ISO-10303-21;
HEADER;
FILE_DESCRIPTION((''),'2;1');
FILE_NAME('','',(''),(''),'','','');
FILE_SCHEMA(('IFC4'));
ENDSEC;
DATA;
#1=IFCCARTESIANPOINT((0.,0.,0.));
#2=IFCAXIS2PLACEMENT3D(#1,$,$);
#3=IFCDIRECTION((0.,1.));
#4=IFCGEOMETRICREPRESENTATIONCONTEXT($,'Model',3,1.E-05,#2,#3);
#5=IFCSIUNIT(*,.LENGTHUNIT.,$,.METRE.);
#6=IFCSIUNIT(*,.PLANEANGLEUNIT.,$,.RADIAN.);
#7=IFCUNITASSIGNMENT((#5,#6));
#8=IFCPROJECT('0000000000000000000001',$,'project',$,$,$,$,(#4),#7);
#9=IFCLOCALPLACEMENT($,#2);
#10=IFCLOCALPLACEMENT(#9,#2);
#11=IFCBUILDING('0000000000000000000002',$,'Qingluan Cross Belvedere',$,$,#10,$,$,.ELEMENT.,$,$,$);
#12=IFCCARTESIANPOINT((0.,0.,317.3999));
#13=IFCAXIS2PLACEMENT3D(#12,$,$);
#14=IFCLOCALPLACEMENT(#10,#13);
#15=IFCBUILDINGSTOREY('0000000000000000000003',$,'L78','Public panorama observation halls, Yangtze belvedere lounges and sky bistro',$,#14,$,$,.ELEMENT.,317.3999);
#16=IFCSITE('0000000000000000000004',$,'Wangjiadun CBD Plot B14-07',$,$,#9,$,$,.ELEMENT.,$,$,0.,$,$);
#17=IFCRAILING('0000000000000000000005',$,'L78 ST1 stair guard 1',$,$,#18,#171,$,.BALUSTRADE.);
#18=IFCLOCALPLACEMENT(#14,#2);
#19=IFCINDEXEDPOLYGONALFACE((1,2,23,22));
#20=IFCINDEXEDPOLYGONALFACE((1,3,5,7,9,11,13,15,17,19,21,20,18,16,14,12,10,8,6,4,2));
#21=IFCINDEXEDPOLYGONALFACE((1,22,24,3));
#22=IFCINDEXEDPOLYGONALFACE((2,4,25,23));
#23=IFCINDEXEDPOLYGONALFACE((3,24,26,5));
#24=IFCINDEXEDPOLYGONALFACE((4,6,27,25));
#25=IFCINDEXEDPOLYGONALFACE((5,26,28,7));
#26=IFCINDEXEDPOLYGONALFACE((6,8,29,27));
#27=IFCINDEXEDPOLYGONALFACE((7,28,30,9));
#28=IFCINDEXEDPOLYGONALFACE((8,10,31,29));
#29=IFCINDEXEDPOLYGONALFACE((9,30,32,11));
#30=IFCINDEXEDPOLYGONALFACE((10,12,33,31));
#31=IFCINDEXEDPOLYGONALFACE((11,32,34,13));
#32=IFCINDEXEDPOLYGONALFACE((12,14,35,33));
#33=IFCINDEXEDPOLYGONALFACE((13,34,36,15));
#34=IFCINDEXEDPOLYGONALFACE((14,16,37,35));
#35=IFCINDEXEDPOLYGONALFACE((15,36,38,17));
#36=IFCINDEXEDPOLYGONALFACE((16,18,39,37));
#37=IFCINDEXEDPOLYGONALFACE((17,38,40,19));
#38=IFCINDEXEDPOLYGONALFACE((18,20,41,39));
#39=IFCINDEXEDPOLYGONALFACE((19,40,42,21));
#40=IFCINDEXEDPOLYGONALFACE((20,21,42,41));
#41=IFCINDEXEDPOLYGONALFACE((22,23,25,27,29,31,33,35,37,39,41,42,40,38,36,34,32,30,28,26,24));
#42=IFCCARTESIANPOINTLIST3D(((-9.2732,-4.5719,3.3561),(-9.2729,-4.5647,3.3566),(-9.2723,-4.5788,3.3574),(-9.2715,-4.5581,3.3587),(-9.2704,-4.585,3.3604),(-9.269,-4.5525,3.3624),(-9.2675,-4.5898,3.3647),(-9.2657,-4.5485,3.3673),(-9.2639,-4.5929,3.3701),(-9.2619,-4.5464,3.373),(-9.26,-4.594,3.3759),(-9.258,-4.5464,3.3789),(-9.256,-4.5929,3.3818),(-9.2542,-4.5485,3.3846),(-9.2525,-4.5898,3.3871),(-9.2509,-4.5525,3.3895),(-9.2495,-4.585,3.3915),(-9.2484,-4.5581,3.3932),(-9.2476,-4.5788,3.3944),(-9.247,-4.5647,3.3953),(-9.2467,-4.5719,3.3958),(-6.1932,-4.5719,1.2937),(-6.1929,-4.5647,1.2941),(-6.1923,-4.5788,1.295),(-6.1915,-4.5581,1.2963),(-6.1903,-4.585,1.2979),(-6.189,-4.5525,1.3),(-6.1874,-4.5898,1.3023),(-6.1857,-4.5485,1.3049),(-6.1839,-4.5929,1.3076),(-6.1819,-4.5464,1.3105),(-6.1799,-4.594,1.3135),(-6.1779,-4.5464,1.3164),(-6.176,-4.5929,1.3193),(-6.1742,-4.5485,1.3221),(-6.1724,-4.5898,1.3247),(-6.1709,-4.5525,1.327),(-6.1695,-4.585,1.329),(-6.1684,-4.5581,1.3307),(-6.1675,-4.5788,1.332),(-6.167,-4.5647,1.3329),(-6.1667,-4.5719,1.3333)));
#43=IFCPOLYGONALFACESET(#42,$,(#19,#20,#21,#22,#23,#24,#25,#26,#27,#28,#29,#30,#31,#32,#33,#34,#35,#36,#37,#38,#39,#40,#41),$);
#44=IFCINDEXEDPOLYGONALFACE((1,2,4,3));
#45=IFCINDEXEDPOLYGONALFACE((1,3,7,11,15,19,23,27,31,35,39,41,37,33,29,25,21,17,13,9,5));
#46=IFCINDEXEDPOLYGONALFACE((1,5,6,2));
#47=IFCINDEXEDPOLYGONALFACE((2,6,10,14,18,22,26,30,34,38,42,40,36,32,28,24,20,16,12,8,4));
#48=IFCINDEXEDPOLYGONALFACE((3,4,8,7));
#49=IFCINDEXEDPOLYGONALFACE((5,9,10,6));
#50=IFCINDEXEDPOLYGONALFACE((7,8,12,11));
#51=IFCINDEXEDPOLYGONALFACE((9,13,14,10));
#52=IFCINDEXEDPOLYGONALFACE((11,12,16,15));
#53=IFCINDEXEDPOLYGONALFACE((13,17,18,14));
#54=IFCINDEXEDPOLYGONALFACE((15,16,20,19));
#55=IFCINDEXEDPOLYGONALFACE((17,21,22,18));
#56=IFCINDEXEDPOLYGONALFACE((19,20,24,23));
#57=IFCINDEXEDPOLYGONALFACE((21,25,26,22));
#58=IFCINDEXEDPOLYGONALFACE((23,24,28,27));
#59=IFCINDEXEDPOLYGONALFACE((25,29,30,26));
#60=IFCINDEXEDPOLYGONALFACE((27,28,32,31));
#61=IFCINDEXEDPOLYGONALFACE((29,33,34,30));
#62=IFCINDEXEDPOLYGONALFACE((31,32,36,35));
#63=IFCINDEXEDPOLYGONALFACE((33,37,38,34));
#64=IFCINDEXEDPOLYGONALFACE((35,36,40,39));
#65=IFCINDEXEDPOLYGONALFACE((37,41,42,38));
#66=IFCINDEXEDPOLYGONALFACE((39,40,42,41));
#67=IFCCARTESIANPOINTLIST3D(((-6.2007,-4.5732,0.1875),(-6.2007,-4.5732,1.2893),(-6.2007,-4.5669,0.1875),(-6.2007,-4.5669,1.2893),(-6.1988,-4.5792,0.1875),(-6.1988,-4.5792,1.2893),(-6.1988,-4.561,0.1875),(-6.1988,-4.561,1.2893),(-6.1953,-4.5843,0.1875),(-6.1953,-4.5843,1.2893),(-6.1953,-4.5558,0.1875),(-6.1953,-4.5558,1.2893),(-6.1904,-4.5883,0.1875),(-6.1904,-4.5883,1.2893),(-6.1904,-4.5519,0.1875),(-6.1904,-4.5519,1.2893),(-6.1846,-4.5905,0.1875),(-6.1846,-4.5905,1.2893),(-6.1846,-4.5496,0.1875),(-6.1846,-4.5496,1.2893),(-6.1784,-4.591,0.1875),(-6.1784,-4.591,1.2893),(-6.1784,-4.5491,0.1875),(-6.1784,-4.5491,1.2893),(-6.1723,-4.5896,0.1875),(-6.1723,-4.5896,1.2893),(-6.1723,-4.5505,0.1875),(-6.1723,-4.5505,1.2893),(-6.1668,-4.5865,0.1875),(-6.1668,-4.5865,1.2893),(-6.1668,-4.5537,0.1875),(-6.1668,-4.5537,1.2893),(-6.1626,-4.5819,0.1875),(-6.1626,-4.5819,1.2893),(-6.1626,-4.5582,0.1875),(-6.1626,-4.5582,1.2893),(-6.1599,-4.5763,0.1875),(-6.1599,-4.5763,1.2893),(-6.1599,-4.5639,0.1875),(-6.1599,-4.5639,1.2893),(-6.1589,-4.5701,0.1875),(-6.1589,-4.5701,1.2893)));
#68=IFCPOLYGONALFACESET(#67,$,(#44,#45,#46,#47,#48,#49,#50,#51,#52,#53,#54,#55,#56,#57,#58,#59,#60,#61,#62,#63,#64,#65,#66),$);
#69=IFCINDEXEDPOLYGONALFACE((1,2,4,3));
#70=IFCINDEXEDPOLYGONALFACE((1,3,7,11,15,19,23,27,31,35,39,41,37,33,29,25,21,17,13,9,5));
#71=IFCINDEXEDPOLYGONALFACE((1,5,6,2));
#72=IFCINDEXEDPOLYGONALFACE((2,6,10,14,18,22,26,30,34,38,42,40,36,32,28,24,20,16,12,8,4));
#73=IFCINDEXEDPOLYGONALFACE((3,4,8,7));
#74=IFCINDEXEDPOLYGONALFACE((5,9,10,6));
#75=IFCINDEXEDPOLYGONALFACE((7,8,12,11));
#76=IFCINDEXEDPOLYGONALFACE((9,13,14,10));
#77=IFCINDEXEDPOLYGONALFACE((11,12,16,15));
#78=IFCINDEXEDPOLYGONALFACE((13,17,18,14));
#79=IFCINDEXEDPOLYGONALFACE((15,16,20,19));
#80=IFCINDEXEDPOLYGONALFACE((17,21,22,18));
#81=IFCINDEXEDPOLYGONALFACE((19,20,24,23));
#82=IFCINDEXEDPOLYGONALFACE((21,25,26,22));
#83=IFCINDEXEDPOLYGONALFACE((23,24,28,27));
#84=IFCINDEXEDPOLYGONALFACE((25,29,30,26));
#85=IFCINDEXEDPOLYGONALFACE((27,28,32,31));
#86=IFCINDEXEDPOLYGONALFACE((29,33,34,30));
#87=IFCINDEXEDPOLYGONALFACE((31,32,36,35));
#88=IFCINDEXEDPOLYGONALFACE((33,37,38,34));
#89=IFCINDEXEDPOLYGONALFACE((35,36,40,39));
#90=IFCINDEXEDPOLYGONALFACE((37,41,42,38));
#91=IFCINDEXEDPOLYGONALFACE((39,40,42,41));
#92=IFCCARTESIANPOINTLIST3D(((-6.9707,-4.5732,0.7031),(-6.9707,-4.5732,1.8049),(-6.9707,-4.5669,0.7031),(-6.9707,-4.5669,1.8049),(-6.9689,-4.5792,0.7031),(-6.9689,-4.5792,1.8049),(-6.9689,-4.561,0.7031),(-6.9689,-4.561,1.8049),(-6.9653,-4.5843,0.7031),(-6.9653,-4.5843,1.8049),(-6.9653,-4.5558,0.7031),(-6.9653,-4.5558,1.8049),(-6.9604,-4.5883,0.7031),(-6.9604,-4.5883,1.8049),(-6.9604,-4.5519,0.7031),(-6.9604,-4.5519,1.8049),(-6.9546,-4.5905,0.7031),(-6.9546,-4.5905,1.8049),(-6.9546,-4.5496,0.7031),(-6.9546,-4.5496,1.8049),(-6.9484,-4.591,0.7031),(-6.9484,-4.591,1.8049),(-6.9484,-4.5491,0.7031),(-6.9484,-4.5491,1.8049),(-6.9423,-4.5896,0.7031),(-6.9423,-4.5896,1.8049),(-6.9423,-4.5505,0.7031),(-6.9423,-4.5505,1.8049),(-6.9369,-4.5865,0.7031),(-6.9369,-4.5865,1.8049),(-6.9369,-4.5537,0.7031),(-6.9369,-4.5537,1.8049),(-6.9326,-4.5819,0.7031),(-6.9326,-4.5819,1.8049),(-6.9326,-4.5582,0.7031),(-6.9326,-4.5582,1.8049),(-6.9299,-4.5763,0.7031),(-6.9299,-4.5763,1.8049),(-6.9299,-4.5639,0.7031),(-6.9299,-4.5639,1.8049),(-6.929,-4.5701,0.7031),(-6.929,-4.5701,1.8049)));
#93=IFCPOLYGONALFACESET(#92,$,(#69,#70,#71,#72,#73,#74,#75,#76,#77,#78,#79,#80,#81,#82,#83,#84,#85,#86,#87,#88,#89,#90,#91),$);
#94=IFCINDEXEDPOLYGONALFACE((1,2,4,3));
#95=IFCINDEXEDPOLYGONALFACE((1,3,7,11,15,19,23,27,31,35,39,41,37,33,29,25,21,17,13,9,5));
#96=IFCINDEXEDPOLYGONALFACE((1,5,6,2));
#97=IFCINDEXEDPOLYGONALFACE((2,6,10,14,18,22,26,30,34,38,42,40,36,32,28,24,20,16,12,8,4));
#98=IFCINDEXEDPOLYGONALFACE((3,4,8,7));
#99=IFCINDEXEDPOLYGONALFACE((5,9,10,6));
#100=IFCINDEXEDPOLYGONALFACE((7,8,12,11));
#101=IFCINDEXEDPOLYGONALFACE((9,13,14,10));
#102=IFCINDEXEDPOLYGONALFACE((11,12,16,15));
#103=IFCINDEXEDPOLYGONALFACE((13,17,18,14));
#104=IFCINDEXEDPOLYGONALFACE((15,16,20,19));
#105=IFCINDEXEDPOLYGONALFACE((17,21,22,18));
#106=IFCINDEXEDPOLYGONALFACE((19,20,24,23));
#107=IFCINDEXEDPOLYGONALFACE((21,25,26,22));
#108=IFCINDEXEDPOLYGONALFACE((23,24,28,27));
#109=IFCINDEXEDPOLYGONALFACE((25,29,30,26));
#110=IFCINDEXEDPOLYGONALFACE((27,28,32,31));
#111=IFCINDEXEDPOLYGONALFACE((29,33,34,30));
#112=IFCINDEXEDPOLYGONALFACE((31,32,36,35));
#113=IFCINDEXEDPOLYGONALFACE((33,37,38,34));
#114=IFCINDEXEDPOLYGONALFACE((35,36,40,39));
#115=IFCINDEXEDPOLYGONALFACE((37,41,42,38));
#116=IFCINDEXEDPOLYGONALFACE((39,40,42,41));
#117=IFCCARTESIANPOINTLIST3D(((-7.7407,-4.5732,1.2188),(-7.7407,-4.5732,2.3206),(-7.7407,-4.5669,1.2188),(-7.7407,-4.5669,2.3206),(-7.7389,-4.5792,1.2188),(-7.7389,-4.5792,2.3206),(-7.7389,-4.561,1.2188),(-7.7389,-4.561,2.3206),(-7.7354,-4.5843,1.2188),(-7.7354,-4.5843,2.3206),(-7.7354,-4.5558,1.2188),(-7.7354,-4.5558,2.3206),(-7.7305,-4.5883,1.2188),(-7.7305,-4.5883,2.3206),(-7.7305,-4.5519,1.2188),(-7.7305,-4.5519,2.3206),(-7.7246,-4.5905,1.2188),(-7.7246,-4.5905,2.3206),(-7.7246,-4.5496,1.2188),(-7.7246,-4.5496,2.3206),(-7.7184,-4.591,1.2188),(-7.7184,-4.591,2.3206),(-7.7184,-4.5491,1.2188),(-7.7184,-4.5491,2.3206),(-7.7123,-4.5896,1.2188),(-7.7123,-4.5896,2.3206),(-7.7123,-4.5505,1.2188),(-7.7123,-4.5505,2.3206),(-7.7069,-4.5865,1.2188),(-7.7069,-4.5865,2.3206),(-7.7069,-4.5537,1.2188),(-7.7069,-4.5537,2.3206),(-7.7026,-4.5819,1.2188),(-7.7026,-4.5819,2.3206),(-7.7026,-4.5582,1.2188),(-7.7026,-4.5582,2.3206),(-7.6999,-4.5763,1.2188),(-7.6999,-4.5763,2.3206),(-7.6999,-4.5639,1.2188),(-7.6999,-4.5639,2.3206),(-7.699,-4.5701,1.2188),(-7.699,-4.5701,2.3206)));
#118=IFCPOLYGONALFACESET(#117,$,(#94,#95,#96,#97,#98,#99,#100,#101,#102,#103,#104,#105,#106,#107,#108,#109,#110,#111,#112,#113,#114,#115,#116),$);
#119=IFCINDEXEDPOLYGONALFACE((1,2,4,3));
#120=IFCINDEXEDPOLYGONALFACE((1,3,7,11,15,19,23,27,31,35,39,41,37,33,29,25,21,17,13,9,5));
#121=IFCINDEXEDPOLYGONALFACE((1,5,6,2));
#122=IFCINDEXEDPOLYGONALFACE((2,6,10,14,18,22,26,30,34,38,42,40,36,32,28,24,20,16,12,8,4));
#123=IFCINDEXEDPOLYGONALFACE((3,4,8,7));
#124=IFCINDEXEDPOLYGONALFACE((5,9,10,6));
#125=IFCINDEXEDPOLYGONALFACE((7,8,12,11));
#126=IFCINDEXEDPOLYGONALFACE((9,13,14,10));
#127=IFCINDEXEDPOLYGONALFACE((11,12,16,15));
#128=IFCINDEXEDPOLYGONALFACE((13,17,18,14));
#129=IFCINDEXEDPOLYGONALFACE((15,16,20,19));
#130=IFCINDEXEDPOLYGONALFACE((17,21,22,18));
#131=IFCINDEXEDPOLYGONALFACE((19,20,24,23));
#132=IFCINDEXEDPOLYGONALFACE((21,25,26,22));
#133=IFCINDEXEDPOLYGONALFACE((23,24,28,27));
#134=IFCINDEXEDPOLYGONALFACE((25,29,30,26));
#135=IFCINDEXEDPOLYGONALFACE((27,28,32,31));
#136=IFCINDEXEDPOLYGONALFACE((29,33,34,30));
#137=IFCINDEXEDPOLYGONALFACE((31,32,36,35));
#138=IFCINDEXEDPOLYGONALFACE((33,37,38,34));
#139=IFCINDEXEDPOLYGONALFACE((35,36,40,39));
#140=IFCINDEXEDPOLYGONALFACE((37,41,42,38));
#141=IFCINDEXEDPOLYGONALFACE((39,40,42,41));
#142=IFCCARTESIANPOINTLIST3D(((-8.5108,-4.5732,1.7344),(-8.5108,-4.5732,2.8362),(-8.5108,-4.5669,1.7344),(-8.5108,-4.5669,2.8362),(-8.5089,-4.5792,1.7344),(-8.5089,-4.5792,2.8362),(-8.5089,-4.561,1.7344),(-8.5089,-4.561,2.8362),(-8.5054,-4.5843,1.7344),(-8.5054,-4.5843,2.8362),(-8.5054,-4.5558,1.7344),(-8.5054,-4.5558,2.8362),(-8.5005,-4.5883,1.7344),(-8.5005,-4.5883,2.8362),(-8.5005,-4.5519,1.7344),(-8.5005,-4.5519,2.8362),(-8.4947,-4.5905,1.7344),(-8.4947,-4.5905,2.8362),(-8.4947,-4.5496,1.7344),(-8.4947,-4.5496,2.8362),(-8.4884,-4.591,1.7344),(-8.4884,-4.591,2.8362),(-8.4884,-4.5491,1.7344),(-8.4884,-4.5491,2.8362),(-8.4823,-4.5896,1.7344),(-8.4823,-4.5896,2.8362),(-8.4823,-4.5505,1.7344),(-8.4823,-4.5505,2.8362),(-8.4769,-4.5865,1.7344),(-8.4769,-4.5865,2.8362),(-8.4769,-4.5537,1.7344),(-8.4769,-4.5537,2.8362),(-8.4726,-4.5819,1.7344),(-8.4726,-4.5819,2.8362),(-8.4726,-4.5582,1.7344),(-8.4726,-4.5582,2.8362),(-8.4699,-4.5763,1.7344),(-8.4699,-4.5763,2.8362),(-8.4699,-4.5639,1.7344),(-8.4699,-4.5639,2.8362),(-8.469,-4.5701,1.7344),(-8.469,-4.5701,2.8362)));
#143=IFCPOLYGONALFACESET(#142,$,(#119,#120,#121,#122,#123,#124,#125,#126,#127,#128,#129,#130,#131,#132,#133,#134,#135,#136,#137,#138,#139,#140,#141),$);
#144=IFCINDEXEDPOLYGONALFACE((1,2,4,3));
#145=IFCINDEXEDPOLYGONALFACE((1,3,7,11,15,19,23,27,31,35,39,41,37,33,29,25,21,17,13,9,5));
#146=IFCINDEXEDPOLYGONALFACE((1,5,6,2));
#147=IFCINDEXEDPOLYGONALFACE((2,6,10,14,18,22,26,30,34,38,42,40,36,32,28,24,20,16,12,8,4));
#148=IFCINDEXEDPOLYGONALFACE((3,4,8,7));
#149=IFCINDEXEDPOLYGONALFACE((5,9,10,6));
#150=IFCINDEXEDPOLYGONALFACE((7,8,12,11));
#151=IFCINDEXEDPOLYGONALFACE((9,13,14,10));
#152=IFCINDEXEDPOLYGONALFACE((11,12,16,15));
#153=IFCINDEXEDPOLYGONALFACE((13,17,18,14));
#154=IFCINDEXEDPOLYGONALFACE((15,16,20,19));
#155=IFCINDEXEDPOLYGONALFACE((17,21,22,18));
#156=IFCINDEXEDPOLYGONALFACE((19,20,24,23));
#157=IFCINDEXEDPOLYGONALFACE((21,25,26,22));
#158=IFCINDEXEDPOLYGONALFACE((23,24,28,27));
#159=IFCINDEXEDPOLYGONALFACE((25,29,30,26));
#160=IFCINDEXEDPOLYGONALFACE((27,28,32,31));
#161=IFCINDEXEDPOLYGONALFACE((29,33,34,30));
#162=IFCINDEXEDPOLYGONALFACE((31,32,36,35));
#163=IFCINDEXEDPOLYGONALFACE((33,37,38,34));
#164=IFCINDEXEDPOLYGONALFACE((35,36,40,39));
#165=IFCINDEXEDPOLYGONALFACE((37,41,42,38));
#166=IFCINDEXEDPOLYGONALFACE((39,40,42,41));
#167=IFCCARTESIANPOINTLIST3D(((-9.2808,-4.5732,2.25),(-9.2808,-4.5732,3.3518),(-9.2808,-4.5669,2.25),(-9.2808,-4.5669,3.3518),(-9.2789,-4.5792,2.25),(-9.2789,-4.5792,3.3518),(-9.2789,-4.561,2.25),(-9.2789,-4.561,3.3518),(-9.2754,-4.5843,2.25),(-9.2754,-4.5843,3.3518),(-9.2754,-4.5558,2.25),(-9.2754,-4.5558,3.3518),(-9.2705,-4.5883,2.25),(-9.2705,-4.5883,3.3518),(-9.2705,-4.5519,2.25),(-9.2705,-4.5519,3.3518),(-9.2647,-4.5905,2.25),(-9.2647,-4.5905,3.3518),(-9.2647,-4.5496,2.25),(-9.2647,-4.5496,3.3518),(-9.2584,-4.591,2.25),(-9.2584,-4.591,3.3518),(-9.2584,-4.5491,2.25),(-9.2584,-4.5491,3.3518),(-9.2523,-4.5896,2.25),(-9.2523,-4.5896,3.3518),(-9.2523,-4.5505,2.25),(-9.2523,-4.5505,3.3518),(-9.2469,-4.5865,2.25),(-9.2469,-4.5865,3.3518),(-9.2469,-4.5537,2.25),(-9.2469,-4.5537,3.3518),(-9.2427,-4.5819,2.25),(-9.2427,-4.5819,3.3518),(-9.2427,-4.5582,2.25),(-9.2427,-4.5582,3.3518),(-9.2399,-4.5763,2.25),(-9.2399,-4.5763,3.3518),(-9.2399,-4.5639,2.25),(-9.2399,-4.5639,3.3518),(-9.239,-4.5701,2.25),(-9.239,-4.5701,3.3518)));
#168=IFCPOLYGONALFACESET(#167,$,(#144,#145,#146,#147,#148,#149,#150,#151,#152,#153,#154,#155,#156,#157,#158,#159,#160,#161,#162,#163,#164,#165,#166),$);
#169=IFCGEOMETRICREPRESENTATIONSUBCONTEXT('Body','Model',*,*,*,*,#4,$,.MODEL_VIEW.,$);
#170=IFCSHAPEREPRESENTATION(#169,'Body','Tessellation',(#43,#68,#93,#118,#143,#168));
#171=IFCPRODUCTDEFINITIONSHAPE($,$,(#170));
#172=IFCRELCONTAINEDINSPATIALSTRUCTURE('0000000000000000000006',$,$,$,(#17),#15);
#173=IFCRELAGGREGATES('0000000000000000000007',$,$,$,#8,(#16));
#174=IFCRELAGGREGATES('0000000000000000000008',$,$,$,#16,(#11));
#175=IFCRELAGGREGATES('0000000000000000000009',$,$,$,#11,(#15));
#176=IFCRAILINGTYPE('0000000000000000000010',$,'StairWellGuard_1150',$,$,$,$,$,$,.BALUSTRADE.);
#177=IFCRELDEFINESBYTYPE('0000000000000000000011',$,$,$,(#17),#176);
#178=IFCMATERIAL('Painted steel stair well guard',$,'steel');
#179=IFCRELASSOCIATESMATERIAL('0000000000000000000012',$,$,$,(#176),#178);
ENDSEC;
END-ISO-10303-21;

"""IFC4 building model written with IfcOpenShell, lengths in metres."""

from ifc_helpers import new_model, si_unit, direction, frame, origin, origin_2d, place, context, subcontext, project, spatial, circle, extrude, material, type_object, element, save


model = new_model("IFC4")

# Units and contexts
model_context = context("Model", 3, precision=1e-05, world=origin(), true_north=direction((0.0, 1.0)))
body_context = subcontext(model_context, "Body", "Model", "MODEL_VIEW")
ifc_project = project(units=[si_unit("LENGTHUNIT", "METRE"), si_unit("PLANEANGLEUNIT", "RADIAN")], contexts=[model_context])

# Site, building, storey
site_placement = place(None, origin())
site = spatial("IfcSite", under=ifc_project, at=site_placement, Name="Wangjiadun CBD Plot B14-07", CompositionType="ELEMENT", RefElevation=0.0)
building_placement = place(site_placement, origin())
building = spatial("IfcBuilding", under=site, at=building_placement, Name="Qingluan Cross Belvedere", CompositionType="ELEMENT")
storey_placement = place(building_placement, frame((0.0, 0.0, 317.3999)))
storey = spatial("IfcBuildingStorey", under=building, at=storey_placement, Name="L78", Description="Public panorama observation halls, Yangtze belvedere lounges and sky bistro", CompositionType="ELEMENT", Elevation=317.3999)

# Railing
ifc_material_1 = material(Name="Painted steel stair well guard", Category="steel")
railing_type_1 = type_object("IfcRailingType", Name="StairWellGuard_1150", PredefinedType="BALUSTRADE", material=ifc_material_1)
railing_1_placement = place(storey_placement, frame((-6.1799, -4.5701, 0.1875)))
element("IfcRailing", 1, at=railing_1_placement, inside=storey, type_object=railing_type_1, Name="L78 ST1 stair guard 1", PredefinedType="BALUSTRADE", context=body_context, shape_type="SweptSolid", body=[
    extrude(circle(Radius=0.0239, at=origin_2d()), frame((0.0, 0.0, 1.126), z_axis=(-0.830914, 0.0, 0.556401), x_axis=(0.0, -1.0, 0.0)), (0.0, 0.0, 1.0), 3.7068),
    extrude(circle(Radius=0.021, at=origin_2d()), origin(), (0.0, 0.0, 1.0), 1.1018),
    extrude(circle(Radius=0.021, at=origin_2d()), frame((-0.77, 0.0, 0.5156)), (0.0, 0.0, 1.0), 1.1018),
    extrude(circle(Radius=0.021, at=origin_2d()), frame((-1.54, 0.0, 1.0312)), (0.0, 0.0, 1.0), 1.1018),
    extrude(circle(Radius=0.021, at=origin_2d()), frame((-2.3101, 0.0, 1.5469)), (0.0, 0.0, 1.0), 1.1018),
    extrude(circle(Radius=0.021, at=origin_2d()), frame((-3.0801, 0.0, 2.0625)), (0.0, 0.0, 1.0), 1.1018),
])

save(model, "model.ifc")
